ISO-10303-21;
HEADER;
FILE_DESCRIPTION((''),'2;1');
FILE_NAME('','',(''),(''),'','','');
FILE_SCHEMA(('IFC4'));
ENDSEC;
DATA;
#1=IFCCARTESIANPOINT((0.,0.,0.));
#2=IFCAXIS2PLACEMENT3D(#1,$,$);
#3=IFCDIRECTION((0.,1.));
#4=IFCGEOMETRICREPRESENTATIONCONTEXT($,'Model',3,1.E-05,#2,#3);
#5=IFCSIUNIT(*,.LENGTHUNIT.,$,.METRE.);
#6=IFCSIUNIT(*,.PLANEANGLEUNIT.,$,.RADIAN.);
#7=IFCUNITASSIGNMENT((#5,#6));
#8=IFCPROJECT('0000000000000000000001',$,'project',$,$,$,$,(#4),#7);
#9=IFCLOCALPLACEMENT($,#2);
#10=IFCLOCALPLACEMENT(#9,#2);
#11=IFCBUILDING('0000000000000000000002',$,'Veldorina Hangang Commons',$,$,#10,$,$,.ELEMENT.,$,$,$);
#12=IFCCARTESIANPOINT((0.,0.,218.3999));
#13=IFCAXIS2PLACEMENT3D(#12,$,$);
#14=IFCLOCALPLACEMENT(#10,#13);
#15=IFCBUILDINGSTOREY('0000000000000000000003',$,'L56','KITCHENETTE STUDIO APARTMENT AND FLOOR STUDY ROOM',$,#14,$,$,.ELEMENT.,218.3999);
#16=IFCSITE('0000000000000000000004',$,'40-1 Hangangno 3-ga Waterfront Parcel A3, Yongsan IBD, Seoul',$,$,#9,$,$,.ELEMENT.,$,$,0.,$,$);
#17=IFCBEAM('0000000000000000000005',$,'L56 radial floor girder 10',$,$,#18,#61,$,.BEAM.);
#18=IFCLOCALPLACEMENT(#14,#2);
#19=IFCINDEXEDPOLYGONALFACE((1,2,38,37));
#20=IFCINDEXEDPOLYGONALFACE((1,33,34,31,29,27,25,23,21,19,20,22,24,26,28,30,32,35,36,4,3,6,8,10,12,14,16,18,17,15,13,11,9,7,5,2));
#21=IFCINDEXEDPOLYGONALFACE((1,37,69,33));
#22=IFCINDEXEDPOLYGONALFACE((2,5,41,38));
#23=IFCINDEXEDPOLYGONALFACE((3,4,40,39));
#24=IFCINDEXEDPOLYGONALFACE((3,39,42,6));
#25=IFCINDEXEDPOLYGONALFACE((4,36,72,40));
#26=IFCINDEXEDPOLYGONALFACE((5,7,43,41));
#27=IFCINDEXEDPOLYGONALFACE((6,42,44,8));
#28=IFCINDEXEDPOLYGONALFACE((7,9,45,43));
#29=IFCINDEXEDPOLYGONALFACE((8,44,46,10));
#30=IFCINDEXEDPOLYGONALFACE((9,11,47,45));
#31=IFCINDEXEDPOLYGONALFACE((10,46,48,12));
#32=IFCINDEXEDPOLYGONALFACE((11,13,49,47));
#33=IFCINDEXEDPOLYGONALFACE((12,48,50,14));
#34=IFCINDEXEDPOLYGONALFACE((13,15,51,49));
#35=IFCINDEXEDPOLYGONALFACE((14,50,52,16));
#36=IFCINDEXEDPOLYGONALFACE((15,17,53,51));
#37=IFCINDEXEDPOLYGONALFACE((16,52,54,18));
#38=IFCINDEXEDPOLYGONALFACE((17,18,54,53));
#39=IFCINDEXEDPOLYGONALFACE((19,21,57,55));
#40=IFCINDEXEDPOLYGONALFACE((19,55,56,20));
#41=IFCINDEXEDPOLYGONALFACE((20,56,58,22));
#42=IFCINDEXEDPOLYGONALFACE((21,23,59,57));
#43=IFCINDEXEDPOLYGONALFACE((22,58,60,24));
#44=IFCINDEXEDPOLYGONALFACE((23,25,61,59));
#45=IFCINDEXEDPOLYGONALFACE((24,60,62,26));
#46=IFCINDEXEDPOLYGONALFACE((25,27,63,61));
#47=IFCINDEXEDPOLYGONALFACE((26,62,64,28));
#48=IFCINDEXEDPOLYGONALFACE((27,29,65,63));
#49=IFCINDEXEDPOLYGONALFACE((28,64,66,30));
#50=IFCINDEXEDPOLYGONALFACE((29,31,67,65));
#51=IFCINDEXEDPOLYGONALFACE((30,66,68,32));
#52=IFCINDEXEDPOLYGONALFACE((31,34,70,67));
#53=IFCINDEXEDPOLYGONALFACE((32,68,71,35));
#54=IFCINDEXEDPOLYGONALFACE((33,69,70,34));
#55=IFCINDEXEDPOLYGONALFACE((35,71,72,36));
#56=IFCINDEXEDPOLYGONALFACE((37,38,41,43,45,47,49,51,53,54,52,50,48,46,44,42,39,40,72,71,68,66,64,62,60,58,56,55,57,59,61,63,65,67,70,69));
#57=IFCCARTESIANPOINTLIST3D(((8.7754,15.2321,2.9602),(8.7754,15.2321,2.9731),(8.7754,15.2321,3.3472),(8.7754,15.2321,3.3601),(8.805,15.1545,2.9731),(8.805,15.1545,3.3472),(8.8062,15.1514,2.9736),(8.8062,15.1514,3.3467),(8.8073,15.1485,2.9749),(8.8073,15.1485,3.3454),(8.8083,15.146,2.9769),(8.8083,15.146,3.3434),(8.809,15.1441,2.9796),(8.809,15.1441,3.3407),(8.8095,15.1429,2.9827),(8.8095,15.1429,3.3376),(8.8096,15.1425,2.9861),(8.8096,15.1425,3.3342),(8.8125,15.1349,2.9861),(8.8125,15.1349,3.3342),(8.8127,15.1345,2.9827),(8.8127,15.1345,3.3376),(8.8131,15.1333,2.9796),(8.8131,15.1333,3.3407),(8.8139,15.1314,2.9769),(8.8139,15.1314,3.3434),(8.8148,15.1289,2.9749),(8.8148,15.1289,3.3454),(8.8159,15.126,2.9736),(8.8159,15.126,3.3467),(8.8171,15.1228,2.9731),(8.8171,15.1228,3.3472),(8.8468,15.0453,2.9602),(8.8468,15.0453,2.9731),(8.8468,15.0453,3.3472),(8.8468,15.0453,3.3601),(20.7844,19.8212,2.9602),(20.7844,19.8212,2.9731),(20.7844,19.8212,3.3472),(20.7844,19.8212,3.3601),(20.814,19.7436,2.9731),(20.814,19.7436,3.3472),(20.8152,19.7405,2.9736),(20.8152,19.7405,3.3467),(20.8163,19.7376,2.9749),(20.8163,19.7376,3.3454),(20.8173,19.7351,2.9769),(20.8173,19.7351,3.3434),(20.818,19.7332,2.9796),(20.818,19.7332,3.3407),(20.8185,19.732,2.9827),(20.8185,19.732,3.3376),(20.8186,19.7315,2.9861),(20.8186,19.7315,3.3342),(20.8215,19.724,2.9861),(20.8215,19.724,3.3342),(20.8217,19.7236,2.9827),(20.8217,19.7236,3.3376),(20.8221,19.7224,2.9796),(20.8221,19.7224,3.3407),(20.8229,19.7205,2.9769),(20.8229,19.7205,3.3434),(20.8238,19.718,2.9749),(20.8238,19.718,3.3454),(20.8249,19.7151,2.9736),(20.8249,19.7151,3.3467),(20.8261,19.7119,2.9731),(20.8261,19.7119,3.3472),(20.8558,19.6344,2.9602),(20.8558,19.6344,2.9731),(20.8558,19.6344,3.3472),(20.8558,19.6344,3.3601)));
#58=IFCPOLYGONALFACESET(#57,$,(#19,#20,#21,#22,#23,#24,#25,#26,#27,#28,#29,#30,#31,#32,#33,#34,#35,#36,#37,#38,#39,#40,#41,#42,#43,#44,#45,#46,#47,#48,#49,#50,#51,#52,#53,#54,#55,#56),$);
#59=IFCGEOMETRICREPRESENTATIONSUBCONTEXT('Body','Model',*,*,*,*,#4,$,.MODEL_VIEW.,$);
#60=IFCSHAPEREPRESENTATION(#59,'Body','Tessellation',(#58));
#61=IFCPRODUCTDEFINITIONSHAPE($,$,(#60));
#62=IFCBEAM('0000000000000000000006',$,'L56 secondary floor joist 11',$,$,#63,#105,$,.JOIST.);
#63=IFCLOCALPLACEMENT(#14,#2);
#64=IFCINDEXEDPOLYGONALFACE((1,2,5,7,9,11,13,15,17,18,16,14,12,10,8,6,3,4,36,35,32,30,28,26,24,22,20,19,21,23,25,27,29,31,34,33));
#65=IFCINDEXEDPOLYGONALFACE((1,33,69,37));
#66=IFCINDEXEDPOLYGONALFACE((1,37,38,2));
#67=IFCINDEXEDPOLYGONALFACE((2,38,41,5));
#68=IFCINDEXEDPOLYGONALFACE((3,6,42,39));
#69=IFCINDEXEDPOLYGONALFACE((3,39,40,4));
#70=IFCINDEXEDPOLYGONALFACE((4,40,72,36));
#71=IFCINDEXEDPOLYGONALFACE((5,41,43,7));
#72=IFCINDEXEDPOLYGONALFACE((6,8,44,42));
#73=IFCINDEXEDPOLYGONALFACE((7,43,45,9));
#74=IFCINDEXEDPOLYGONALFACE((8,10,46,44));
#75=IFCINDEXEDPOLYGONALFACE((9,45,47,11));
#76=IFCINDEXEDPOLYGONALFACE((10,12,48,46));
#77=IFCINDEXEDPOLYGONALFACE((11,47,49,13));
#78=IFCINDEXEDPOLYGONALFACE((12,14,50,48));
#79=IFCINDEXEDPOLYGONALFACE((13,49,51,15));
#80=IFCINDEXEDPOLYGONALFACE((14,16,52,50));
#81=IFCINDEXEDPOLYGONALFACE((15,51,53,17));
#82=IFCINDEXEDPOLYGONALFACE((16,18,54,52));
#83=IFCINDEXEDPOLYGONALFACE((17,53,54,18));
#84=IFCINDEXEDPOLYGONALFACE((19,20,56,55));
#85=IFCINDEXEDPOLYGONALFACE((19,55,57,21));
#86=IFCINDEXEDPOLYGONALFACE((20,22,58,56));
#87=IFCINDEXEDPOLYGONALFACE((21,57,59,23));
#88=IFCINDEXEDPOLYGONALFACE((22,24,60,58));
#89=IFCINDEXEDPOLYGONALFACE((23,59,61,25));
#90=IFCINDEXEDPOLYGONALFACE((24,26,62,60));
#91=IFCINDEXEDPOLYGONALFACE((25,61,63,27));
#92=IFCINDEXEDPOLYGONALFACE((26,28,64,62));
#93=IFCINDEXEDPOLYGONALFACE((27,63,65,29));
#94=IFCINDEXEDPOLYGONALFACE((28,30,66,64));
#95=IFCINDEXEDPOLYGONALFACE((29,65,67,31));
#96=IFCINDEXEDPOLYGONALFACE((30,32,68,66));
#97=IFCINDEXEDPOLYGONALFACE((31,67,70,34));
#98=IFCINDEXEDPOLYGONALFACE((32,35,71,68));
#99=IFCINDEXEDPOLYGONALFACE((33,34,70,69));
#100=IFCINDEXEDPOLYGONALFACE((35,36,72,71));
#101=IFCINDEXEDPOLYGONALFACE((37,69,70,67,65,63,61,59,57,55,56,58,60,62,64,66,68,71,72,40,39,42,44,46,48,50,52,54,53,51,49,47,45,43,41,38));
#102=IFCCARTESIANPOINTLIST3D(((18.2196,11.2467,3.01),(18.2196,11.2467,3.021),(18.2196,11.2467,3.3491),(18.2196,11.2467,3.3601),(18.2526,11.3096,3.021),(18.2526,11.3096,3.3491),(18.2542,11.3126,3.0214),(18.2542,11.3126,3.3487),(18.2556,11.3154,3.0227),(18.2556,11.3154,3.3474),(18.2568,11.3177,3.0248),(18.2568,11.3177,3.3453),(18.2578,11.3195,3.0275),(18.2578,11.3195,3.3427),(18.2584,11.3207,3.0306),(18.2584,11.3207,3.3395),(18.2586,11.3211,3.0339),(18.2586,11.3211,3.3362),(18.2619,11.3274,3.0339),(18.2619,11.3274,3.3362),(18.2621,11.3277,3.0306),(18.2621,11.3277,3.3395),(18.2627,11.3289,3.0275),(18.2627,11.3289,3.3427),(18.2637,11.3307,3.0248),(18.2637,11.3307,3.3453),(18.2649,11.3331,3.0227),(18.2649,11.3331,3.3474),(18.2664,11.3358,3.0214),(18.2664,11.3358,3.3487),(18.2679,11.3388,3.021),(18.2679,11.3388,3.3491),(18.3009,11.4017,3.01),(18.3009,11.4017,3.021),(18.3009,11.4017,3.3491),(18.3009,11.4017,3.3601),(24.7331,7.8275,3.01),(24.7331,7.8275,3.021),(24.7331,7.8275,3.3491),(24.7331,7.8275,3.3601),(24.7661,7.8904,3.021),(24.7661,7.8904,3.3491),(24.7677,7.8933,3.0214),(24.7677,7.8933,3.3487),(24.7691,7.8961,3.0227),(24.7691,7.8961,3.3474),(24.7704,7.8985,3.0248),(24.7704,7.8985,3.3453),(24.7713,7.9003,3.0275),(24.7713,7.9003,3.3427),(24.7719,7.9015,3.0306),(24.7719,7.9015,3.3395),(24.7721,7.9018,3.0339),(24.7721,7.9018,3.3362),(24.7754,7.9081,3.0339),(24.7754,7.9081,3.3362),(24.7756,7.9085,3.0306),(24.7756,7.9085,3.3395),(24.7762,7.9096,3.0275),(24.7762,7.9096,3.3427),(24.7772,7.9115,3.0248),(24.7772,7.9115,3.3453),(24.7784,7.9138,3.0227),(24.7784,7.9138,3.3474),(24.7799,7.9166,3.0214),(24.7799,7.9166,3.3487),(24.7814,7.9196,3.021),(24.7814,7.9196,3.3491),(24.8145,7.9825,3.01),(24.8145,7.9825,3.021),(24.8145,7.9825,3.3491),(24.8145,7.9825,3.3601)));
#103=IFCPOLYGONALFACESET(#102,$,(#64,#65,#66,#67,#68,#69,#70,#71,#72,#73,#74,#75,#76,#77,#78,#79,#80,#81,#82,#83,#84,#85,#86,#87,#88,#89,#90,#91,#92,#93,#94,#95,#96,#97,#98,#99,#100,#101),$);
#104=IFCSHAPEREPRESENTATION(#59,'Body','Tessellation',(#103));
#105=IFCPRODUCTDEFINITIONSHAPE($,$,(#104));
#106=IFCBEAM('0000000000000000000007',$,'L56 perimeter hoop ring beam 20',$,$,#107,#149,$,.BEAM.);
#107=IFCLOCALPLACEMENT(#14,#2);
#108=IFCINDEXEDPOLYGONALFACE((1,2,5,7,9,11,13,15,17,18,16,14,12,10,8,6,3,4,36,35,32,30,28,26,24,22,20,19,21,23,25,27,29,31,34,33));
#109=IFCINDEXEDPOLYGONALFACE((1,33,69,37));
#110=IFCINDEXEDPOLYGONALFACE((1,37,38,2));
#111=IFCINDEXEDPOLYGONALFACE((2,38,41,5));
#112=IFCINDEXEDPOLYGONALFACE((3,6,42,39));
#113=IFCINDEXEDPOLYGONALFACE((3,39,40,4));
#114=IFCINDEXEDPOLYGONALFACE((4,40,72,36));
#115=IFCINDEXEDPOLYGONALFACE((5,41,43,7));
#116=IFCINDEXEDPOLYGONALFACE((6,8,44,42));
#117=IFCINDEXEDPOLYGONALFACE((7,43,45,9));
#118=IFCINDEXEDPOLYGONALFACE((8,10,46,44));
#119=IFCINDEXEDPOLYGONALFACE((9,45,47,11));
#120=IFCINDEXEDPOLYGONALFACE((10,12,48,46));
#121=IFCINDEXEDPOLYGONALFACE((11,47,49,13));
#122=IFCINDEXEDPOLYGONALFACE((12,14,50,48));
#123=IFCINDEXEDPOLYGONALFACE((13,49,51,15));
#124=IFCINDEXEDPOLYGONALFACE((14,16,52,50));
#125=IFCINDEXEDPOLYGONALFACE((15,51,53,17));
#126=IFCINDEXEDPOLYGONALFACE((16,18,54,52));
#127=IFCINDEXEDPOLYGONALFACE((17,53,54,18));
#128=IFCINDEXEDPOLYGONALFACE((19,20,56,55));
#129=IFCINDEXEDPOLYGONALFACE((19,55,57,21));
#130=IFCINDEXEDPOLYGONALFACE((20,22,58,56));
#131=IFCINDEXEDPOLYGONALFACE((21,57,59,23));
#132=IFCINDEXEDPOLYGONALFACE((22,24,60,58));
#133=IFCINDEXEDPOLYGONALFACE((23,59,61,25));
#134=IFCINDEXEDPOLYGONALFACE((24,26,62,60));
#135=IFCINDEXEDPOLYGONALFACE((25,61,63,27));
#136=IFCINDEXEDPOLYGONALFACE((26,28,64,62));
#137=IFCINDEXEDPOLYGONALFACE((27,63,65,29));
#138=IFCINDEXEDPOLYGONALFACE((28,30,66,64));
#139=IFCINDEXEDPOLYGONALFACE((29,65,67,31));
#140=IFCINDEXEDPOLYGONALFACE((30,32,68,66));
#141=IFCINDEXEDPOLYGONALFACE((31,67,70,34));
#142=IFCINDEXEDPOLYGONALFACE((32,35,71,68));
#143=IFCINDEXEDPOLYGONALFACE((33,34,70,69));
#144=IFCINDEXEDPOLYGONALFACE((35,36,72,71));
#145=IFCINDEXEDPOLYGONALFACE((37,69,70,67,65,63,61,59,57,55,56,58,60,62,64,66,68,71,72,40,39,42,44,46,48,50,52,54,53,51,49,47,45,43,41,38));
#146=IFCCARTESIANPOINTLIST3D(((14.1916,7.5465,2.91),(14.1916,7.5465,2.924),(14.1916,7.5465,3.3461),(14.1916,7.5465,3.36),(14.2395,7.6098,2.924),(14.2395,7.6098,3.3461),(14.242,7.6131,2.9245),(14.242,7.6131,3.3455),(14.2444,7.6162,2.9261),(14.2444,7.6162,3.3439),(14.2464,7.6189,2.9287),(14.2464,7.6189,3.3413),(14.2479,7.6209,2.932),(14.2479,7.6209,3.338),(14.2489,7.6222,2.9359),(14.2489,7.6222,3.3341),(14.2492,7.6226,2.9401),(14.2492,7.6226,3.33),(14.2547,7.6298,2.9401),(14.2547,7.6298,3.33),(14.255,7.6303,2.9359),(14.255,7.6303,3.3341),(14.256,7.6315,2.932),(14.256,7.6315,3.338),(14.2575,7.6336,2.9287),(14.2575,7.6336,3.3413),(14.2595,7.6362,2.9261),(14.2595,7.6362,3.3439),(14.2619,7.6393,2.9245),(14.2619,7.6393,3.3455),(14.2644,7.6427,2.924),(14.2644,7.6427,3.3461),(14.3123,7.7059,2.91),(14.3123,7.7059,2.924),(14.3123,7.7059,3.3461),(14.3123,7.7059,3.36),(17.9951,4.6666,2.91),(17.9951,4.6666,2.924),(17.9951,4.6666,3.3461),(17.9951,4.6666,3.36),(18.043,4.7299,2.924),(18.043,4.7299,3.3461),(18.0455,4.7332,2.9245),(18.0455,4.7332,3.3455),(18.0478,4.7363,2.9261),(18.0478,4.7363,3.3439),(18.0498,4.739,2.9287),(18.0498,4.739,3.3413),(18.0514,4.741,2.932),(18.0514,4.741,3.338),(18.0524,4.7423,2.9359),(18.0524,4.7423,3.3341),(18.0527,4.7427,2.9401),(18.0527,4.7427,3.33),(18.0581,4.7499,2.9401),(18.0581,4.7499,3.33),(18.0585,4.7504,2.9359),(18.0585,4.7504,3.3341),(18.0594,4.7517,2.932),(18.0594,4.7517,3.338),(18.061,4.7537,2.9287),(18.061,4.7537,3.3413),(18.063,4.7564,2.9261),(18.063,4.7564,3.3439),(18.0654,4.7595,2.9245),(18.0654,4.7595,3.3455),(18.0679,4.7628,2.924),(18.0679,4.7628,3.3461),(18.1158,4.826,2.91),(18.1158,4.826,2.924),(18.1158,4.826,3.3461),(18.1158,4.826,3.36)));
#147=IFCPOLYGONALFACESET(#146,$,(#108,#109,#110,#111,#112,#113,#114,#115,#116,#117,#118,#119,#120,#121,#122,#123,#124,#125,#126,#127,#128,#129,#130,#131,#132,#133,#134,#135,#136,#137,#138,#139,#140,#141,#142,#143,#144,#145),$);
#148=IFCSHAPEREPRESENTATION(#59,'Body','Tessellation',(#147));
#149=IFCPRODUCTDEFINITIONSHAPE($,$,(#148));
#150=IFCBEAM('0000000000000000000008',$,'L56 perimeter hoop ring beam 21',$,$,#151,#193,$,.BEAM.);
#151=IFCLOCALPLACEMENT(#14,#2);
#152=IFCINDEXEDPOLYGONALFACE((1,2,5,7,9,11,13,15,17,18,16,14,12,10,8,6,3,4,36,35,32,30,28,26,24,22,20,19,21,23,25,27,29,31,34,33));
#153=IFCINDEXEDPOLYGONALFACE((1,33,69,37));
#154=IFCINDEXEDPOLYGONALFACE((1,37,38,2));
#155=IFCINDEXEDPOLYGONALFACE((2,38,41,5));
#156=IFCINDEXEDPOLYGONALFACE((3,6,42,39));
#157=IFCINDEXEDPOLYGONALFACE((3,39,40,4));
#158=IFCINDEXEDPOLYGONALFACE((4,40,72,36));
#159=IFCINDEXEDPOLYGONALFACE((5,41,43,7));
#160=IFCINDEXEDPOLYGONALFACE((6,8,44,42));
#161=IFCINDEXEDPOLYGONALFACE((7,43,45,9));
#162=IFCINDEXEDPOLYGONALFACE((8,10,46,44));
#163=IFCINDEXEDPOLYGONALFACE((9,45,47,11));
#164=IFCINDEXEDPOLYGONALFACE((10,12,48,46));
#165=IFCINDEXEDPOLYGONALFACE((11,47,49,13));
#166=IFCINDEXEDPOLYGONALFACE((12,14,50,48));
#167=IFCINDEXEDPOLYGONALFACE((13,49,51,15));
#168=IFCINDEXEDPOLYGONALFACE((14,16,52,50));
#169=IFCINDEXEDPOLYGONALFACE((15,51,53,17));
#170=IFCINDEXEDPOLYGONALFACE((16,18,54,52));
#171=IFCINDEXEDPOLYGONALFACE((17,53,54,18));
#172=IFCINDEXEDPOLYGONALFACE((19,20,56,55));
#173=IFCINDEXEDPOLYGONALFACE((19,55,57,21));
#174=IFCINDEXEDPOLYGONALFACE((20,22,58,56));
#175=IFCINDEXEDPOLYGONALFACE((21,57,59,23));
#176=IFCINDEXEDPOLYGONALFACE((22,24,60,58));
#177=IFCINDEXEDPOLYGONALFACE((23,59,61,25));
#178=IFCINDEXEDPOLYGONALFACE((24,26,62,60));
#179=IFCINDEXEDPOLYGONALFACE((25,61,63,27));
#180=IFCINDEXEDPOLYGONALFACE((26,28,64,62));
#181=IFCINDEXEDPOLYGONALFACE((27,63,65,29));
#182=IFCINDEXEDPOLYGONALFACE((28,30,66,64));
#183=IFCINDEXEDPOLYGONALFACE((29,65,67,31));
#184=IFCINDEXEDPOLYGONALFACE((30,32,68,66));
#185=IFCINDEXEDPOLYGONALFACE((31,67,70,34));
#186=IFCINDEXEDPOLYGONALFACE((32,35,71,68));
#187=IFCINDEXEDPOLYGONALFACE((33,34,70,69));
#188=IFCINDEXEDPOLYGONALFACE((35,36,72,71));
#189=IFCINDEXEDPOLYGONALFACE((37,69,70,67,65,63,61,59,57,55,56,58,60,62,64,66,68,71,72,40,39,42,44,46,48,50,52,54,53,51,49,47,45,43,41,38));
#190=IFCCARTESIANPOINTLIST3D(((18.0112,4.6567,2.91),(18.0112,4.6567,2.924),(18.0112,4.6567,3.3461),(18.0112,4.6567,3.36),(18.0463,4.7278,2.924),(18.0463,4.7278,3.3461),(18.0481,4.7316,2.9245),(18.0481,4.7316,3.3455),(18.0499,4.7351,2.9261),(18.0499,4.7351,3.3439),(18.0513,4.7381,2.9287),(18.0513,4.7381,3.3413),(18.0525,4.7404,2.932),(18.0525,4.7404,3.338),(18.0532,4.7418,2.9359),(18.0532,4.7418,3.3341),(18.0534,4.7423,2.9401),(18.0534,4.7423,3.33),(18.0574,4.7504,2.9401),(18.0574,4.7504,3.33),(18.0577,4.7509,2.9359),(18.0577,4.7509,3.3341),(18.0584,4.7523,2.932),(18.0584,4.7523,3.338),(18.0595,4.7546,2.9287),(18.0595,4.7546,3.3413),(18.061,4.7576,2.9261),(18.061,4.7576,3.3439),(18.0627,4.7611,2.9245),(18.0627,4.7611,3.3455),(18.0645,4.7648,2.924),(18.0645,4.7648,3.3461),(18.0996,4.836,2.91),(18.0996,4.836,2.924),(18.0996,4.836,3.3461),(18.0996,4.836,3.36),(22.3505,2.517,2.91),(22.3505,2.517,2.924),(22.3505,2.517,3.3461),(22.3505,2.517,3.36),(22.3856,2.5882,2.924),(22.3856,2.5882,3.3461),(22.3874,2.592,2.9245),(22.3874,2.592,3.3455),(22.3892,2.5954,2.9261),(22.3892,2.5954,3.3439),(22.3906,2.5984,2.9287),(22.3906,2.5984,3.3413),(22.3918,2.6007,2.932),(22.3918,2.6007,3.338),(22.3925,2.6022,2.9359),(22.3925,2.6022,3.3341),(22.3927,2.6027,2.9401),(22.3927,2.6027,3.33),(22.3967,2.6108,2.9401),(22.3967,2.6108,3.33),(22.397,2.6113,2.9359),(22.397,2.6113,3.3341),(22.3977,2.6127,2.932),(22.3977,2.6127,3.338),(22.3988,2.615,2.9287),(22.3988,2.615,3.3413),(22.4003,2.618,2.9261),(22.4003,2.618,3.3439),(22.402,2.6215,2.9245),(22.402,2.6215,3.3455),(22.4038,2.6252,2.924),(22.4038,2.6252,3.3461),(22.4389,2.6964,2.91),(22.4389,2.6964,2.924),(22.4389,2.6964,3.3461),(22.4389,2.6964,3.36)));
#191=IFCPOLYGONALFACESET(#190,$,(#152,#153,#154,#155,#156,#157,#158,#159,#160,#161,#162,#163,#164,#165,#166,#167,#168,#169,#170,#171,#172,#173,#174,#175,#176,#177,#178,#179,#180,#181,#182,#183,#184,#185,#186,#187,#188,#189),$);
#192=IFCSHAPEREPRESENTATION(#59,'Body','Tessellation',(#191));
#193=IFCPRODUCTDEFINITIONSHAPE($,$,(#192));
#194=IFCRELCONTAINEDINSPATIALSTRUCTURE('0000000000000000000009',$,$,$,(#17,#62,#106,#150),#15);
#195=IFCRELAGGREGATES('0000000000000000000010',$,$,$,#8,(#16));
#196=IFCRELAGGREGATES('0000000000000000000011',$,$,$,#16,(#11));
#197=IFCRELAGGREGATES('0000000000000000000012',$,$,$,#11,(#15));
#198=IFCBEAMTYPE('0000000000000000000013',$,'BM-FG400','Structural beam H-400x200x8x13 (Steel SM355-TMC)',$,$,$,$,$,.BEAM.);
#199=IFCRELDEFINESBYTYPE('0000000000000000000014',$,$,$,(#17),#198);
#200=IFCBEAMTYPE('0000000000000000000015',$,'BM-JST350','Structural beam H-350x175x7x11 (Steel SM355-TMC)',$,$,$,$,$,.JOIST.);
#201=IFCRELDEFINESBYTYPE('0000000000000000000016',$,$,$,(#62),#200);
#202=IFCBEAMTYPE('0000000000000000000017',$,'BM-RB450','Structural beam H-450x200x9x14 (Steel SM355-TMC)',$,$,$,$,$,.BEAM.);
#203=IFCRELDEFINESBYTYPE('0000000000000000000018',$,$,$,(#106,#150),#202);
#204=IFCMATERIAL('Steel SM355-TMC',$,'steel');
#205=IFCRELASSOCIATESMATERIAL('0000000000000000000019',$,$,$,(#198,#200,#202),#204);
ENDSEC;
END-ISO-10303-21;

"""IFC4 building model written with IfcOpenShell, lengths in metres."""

from ifc_helpers import new_model, si_unit, direction, frame, origin, origin_2d, place, context, subcontext, project, spatial, i_section, extrude, material, material_profile, profile_set, type_object, element, save


model = new_model("IFC4")

# Units and contexts
model_context = context("Model", 3, precision=1e-05, world=origin(), true_north=direction((0.0, 1.0)))
body_context = subcontext(model_context, "Body", "Model", "MODEL_VIEW")
ifc_project = project(units=[si_unit("LENGTHUNIT", "METRE"), si_unit("PLANEANGLEUNIT", "RADIAN")], contexts=[model_context])

# Site, building, storey
site_placement = place(None, origin())
site = spatial("IfcSite", under=ifc_project, at=site_placement, Name="40-1 Hangangno 3-ga Waterfront Parcel A3, Yongsan IBD, Seoul", CompositionType="ELEMENT", RefElevation=0.0)
building_placement = place(site_placement, origin())
building = spatial("IfcBuilding", under=site, at=building_placement, Name="Veldorina Hangang Commons", CompositionType="ELEMENT")
storey_placement = place(building_placement, frame((0.0, 0.0, 218.3999)))
storey = spatial("IfcBuildingStorey", under=building, at=storey_placement, Name="L56", Description="KITCHENETTE STUDIO APARTMENT AND FLOOR STUDY ROOM", CompositionType="ELEMENT", Elevation=218.3999)

# Beams
ifc_material_1 = material(Name="Steel SM355-TMC", Category="steel")
ifc_material_profile_1 = material_profile(ifc_material_1, i_section(OverallWidth=0.2, OverallDepth=0.3999, WebThickness=0.0081, FlangeThickness=0.0129, FilletRadius=0.0129, at=origin_2d()), Name="H-400x200x8x13")
ifc_profile_set_1 = profile_set([ifc_material_profile_1], Name="Steel SM355-TMC")
beam_type_1 = type_object("IfcBeamType", Name="BM-FG400", Description="Structural beam H-400x200x8x13 (Steel SM355-TMC)", PredefinedType="BEAM", material=ifc_profile_set_1)
beam_1_placement = place(storey_placement, frame((20.8201, 19.7278, 3.1602), z_axis=(-0.934119, -0.356963, 0.0), x_axis=(0.356963, -0.934119, 0.0)))
element("IfcBeam", 1, at=beam_1_placement, inside=storey, type_object=beam_type_1, Name="L56 radial floor girder 10", PredefinedType="BEAM", context=body_context, shape_type="SweptSolid", body=[
    extrude(i_section(OverallWidth=0.2, OverallDepth=0.3999, WebThickness=0.0081, FlangeThickness=0.0129, FilletRadius=0.0129, at=origin_2d()), origin(), (0.0, 0.0, 1.0), 12.856),
])
ifc_material_profile_2 = material_profile(ifc_material_1, i_section(OverallWidth=0.175, OverallDepth=0.3501, WebThickness=0.0071, FlangeThickness=0.011, FilletRadius=0.0129, at=origin_2d()), Name="H-350x175x7x11")
ifc_profile_set_2 = profile_set([ifc_material_profile_2], Name="Steel SM355-TMC")
beam_type_2 = type_object("IfcBeamType", Name="BM-JST350", Description="Structural beam H-350x175x7x11 (Steel SM355-TMC)", PredefinedType="JOIST", material=ifc_profile_set_2)
beam_2_placement = place(storey_placement, frame((18.2603, 11.3242, 3.1851), z_axis=(0.885418, -0.464796, 0.0), x_axis=(0.464796, 0.885418, 0.0)))
element("IfcBeam", 2, at=beam_2_placement, inside=storey, type_object=beam_type_2, Name="L56 secondary floor joist 11", PredefinedType="JOIST", context=body_context, shape_type="SweptSolid", body=[
    extrude(i_section(OverallWidth=0.175, OverallDepth=0.3501, WebThickness=0.0071, FlangeThickness=0.011, FilletRadius=0.0129, at=origin_2d()), origin(), (0.0, 0.0, 1.0), 7.3564),
])
ifc_material_profile_3 = material_profile(ifc_material_1, i_section(OverallWidth=0.2, OverallDepth=0.45, WebThickness=0.009, FlangeThickness=0.0139, FilletRadius=0.0161, at=origin_2d()), Name="H-450x200x9x14")
ifc_profile_set_3 = profile_set([ifc_material_profile_3], Name="Steel SM355-TMC")
beam_type_3 = type_object("IfcBeamType", Name="BM-RB450", Description="Structural beam H-450x200x9x14 (Steel SM355-TMC)", PredefinedType="BEAM", material=ifc_profile_set_3)
beam_3_placement = place(storey_placement, frame((14.252, 7.6262, 3.135), z_axis=(0.797247, -0.603654, 0.0), x_axis=(0.603654, 0.797247, 0.0)))
element("IfcBeam", 3, at=beam_3_placement, inside=storey, type_object=beam_type_3, Name="L56 perimeter hoop ring beam 20", PredefinedType="BEAM", context=body_context, shape_type="SweptSolid", body=[
    extrude(i_section(OverallWidth=0.2, OverallDepth=0.45, WebThickness=0.009, FlangeThickness=0.0139, FilletRadius=0.0161, at=origin_2d()), origin(), (0.0, 0.0, 1.0), 4.7708),
])
beam_4_placement = place(storey_placement, frame((18.0554, 4.7463, 3.135), z_axis=(0.896896, -0.442241, 0.0), x_axis=(0.442241, 0.896896, 0.0)))
element("IfcBeam", 4, at=beam_4_placement, inside=storey, type_object=beam_type_3, Name="L56 perimeter hoop ring beam 21", PredefinedType="BEAM", context=body_context, shape_type="SweptSolid", body=[
    extrude(i_section(OverallWidth=0.2, OverallDepth=0.45, WebThickness=0.009, FlangeThickness=0.0139, FilletRadius=0.0161, at=origin_2d()), origin(), (0.0, 0.0, 1.0), 4.8381),
])

save(model, "model.ifc")
